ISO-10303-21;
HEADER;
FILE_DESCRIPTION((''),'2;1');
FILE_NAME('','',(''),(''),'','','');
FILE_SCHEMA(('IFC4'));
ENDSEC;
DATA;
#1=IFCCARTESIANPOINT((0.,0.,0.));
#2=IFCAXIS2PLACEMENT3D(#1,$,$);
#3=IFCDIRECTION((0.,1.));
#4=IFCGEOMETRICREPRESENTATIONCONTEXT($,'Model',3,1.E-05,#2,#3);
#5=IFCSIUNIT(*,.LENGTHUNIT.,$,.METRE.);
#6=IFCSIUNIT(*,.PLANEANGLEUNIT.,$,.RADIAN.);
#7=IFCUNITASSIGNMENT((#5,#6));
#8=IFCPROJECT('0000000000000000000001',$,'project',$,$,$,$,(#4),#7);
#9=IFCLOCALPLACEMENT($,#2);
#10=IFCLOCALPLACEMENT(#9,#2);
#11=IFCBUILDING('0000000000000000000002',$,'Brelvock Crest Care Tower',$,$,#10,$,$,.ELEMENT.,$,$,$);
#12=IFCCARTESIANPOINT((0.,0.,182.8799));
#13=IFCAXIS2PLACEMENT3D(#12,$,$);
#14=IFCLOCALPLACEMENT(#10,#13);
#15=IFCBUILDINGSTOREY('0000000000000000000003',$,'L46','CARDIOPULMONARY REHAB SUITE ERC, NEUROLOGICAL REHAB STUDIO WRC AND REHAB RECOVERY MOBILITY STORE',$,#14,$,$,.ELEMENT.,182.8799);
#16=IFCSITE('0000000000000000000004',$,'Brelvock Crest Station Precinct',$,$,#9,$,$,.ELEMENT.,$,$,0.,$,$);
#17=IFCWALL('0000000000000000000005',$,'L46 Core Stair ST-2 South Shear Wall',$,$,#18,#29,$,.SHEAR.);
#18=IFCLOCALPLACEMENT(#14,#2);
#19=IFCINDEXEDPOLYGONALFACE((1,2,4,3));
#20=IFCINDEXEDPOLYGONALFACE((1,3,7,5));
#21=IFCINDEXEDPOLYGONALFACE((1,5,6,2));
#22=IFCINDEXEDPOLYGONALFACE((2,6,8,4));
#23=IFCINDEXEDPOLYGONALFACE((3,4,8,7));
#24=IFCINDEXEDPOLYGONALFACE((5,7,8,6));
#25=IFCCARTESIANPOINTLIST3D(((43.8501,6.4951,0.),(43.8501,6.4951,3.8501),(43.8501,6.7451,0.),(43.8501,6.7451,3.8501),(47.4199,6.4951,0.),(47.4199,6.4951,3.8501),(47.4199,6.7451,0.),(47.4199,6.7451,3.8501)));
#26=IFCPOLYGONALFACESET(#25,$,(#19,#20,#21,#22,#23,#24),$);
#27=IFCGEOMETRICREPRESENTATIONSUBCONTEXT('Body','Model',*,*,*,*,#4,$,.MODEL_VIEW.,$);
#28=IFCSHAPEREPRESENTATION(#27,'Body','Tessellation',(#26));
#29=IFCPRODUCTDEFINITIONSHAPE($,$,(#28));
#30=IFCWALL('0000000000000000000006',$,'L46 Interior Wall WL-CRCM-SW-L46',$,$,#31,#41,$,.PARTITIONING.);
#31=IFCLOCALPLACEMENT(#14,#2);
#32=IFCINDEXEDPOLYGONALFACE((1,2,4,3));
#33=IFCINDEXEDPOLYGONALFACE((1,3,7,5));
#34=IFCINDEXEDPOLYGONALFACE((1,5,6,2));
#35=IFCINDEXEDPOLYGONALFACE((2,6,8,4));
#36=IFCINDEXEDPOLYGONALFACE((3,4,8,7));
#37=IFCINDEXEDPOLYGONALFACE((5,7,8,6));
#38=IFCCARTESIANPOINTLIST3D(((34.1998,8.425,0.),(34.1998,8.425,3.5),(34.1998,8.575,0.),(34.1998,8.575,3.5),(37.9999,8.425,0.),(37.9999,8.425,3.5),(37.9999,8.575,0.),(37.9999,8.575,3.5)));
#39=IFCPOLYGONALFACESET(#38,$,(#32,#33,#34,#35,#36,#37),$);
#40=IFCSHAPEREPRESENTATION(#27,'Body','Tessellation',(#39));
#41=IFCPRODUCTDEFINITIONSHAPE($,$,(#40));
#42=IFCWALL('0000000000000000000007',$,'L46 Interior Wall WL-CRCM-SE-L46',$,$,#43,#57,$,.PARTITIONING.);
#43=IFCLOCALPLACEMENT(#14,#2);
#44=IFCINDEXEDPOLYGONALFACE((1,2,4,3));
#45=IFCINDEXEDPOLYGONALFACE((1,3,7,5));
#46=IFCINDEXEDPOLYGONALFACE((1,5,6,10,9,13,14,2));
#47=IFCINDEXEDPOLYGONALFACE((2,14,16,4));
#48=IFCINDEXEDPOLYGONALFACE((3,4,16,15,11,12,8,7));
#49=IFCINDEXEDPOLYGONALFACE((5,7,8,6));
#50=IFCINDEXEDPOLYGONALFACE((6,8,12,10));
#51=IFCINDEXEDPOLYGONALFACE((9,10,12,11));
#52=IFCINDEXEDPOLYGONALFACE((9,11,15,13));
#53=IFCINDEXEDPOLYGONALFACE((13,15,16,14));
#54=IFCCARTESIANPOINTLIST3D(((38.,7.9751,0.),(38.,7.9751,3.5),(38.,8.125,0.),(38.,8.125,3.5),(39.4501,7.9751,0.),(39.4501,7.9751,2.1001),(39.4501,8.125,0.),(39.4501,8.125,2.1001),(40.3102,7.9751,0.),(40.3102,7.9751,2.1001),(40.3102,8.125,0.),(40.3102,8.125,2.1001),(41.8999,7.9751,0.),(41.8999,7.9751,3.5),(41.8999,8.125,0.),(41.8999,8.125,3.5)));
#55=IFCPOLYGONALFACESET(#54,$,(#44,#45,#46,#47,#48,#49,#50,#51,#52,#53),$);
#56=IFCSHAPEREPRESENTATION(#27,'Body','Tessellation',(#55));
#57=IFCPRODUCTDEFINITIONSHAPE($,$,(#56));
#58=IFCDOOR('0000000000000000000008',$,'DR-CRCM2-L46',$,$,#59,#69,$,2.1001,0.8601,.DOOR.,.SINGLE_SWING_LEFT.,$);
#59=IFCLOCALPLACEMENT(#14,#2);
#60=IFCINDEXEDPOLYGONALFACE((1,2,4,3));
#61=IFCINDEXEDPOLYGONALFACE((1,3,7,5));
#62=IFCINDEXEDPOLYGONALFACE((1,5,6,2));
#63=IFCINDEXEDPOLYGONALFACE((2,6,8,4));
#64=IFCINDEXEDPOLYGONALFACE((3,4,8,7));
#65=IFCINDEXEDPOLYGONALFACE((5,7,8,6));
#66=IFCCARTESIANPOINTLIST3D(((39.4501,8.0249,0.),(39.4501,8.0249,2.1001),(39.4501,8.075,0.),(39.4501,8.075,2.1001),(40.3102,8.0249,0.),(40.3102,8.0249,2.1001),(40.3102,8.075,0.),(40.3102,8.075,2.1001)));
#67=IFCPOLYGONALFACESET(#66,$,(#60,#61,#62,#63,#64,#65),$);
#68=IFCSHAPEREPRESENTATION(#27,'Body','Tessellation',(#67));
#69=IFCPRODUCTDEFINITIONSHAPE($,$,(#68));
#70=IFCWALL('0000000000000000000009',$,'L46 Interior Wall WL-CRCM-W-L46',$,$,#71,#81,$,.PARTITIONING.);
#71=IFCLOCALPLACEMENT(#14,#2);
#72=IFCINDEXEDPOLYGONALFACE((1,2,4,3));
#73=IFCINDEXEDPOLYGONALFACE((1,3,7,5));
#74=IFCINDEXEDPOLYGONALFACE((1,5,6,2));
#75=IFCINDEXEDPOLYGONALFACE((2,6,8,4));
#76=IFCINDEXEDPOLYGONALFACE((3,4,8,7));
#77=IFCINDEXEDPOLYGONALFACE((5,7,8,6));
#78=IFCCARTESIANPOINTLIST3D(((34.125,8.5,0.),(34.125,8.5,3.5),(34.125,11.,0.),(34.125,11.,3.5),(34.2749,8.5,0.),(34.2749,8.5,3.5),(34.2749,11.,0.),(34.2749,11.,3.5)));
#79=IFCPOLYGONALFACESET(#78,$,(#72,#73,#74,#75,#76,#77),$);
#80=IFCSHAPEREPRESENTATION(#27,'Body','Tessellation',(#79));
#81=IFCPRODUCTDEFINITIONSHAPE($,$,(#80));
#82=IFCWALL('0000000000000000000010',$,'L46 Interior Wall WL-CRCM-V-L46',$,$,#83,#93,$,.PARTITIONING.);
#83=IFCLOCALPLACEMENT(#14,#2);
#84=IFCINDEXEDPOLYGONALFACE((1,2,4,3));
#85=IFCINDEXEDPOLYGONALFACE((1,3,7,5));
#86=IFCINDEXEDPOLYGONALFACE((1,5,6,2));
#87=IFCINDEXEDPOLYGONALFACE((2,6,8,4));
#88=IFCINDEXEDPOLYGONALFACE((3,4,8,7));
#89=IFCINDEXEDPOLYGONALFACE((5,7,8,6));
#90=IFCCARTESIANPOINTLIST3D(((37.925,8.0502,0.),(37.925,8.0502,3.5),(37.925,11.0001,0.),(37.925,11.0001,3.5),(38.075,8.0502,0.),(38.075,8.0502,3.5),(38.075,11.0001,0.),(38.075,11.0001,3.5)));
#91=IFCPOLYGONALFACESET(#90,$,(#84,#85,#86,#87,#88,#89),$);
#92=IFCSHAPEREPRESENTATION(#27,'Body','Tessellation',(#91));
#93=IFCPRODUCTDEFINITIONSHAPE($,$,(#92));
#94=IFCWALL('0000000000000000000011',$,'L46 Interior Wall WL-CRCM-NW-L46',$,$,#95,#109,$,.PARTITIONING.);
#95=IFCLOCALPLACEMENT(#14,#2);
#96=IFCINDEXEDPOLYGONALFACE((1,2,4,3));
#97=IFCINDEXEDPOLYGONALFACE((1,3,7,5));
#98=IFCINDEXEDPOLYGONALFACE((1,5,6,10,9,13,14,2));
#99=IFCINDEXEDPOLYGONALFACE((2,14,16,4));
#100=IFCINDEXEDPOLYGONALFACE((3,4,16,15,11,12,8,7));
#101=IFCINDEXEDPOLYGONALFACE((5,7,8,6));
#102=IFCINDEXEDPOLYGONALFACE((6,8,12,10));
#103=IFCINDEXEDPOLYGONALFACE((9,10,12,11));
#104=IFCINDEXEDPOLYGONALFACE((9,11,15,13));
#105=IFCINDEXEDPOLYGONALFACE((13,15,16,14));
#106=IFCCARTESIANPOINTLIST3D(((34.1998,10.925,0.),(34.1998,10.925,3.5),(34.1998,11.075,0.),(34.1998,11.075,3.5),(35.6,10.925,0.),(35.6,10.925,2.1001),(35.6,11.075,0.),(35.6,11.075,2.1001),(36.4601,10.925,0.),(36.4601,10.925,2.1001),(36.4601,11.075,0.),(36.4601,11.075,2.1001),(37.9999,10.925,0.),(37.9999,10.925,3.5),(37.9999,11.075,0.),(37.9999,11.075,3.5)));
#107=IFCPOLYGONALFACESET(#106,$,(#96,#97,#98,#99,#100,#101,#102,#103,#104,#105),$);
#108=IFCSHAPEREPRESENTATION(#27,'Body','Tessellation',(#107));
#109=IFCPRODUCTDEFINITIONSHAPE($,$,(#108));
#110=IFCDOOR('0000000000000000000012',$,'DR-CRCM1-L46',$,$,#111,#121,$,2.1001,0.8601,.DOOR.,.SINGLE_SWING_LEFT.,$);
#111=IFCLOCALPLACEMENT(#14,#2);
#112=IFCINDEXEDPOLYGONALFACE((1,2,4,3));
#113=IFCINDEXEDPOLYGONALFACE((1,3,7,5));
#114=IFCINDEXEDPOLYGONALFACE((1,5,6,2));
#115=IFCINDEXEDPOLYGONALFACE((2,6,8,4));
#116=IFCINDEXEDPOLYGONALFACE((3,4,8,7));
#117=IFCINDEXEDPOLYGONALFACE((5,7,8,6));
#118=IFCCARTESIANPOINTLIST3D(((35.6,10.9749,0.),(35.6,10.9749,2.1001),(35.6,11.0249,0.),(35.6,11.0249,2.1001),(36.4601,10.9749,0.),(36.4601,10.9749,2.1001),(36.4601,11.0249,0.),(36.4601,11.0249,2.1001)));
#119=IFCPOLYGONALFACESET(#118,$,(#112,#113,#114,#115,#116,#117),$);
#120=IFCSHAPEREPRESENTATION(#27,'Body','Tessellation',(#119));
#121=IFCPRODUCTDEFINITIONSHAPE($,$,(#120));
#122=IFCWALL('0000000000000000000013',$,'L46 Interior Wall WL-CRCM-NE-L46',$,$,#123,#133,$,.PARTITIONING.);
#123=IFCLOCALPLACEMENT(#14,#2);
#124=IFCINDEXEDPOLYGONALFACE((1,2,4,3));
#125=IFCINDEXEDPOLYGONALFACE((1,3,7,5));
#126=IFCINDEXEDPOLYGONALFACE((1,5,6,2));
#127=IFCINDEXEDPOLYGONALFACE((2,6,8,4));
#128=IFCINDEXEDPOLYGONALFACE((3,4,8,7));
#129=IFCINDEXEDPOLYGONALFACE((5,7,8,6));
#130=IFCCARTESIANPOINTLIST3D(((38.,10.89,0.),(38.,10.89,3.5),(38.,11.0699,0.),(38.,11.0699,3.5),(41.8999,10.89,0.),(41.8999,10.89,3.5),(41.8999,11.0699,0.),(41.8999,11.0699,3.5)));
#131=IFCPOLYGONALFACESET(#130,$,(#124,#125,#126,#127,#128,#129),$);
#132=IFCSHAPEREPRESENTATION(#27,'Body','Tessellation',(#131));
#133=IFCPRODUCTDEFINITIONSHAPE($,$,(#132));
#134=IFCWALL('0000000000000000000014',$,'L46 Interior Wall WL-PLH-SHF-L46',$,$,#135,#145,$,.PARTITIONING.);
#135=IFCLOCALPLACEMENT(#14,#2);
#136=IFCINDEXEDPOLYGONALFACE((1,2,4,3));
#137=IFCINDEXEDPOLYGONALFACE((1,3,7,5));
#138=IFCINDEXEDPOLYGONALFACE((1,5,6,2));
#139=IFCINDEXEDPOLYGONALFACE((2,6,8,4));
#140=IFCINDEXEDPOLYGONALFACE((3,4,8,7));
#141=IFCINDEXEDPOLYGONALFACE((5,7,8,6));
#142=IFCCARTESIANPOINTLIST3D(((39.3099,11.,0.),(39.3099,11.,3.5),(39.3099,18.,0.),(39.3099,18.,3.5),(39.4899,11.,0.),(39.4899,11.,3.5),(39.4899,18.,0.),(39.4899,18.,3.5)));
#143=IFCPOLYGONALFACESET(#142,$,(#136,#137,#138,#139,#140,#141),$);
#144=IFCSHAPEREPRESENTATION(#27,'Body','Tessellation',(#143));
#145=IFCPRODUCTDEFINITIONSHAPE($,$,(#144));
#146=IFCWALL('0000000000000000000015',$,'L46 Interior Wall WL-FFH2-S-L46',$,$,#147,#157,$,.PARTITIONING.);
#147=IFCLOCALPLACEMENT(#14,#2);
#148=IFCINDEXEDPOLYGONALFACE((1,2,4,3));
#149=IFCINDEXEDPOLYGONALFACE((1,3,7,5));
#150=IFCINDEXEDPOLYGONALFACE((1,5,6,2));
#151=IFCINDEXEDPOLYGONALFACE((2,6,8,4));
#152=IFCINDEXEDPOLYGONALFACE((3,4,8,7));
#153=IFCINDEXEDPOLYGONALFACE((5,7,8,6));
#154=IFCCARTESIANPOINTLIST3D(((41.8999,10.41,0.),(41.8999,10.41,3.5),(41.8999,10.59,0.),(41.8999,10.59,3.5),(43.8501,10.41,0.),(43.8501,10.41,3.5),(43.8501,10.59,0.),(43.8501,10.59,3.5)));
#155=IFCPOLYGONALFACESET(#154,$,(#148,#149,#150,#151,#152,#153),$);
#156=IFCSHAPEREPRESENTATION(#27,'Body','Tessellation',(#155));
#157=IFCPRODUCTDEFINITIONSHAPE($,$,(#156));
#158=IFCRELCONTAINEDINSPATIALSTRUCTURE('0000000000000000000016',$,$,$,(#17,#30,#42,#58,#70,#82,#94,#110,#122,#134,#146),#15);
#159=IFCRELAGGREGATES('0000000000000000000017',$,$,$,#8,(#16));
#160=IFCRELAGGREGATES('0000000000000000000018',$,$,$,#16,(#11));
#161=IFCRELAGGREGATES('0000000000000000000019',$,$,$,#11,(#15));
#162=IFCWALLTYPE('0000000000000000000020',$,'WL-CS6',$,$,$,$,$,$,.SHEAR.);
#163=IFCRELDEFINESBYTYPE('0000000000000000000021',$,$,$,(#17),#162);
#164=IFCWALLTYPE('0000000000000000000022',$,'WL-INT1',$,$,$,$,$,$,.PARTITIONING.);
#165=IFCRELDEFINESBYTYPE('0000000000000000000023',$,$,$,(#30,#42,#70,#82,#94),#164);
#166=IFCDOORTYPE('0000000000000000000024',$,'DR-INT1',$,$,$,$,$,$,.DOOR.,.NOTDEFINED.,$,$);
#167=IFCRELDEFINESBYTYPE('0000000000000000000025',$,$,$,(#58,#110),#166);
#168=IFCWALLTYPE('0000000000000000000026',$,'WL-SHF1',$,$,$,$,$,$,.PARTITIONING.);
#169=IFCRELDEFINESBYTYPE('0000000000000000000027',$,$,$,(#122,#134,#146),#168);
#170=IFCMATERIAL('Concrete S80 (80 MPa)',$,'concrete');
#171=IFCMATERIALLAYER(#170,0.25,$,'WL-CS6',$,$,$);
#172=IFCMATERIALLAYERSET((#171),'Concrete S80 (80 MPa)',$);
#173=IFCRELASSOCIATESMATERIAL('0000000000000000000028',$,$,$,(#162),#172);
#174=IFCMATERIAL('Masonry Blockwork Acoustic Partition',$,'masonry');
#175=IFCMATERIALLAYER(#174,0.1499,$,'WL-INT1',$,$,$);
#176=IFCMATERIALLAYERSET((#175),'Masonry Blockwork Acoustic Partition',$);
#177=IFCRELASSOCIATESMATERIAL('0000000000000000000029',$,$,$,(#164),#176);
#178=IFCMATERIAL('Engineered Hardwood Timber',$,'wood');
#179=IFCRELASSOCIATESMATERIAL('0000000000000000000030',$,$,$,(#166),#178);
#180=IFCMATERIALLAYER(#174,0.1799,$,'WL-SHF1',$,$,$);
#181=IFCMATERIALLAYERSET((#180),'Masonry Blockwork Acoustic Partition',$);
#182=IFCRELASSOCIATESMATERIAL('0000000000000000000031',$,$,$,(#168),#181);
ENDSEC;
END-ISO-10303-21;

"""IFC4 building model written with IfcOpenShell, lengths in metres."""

from ifc_helpers import new_model, si_unit, direction, frame, frame_2d, origin, origin_2d, place, context, subcontext, project, spatial, rectangle, extrude, source, transform, mapped, material, layer, layer_set, type_object, element, fill, save


model = new_model("IFC4")

# Units and contexts
model_context = context("Model", 3, precision=1e-05, world=origin(), true_north=direction((0.0, 1.0)))
body_context = subcontext(model_context, "Body", "Model", "MODEL_VIEW")
ifc_project = project(units=[si_unit("LENGTHUNIT", "METRE"), si_unit("PLANEANGLEUNIT", "RADIAN")], contexts=[model_context])

# Site, building, storey
site_placement = place(None, origin())
site = spatial("IfcSite", under=ifc_project, at=site_placement, Name="Brelvock Crest Station Precinct", CompositionType="ELEMENT", RefElevation=0.0)
building_placement = place(site_placement, origin())
building = spatial("IfcBuilding", under=site, at=building_placement, Name="Brelvock Crest Care Tower", CompositionType="ELEMENT")
storey_placement = place(building_placement, frame((0.0, 0.0, 182.8799)))
storey = spatial("IfcBuildingStorey", under=building, at=storey_placement, Name="L46", Description="CARDIOPULMONARY REHAB SUITE ERC, NEUROLOGICAL REHAB STUDIO WRC AND REHAB RECOVERY MOBILITY STORE", CompositionType="ELEMENT", Elevation=182.8799)

# Walls
ifc_material_1 = material(Name="Concrete S80 (80 MPa)", Category="concrete")
ifc_layer_1 = layer(ifc_material_1, 0.25, Name="WL-CS6")
ifc_layer_set_1 = layer_set([ifc_layer_1], Name="Concrete S80 (80 MPa)")
wall_type_1 = type_object("IfcWallType", Name="WL-CS6", PredefinedType="SHEAR", material=ifc_layer_set_1)
wall_1_placement = place(storey_placement, frame((43.8501, 6.6201, 0.0), z_axis=(0.0, 0.0, 1.0), x_axis=(1.0, 0.0, 0.0)))
element("IfcWall", 1, at=wall_1_placement, inside=storey, type_object=wall_type_1, Name="L46 Core Stair ST-2 South Shear Wall", PredefinedType="SHEAR", context=body_context, shape_type="SweptSolid", body=[
    extrude(rectangle(XDim=3.5698, YDim=0.25, at=frame_2d((1.7849, 0.0))), origin(), (0.0, 0.0, 1.0), 3.8501),
])
ifc_material_2 = material(Name="Masonry Blockwork Acoustic Partition", Category="masonry")
ifc_layer_2 = layer(ifc_material_2, 0.1499, Name="WL-INT1")
ifc_layer_set_2 = layer_set([ifc_layer_2], Name="Masonry Blockwork Acoustic Partition")
wall_type_2 = type_object("IfcWallType", Name="WL-INT1", PredefinedType="PARTITIONING", material=ifc_layer_set_2)
wall_2_placement = place(storey_placement, frame((34.2, 8.5, 0.0), z_axis=(0.0, 0.0, 1.0), x_axis=(1.0, 0.0, 0.0)))
element("IfcWall", 2, at=wall_2_placement, inside=storey, type_object=wall_type_2, Name="L46 Interior Wall WL-CRCM-SW-L46", PredefinedType="PARTITIONING", context=body_context, shape_type="SweptSolid", body=[
    extrude(rectangle(XDim=3.8, YDim=0.1499, at=frame_2d((1.8999, 0.0))), origin(), (0.0, 0.0, 1.0), 3.5),
])

# Wall, opening, door
wall_3_placement = place(storey_placement, frame((38.0, 8.05, 0.0), z_axis=(0.0, 0.0, 1.0), x_axis=(1.0, 0.0, 0.0)))
wall_3 = element("IfcWall", 3, at=wall_3_placement, inside=storey, type_object=wall_type_2, Name="L46 Interior Wall WL-CRCM-SE-L46", PredefinedType="PARTITIONING", context=body_context, shape_type="SweptSolid", body=[
    extrude(rectangle(XDim=3.8999, YDim=0.1499, at=frame_2d((1.95, 0.0))), origin(), (0.0, 0.0, 1.0), 3.5),
])
opening_1_placement = place(wall_3_placement, frame((1.45, 0.0, 0.0)))
opening_1 = element("IfcOpeningElement", 4, at=opening_1_placement, cuts=wall_3, PredefinedType="OPENING", context=body_context, shape_type="SweptSolid", body=[
    extrude(rectangle(XDim=0.8601, YDim=2.1001, at=origin_2d()), frame((0.4302, 0.085, 1.05), z_axis=(0.0, -1.0, 0.0), x_axis=(1.0, 0.0, 0.0)), (0.0, 0.0, 1.0), 0.1699),
])
ifc_material_3 = material(Name="Engineered Hardwood Timber", Category="wood")
door_type = type_object("IfcDoorType", Name="DR-INT1", OperationType="NOTDEFINED", PredefinedType="DOOR", material=ifc_material_3)
shared_shape_1 = source(origin(), body_context, "Body", "SweptSolid", [
    extrude(rectangle(XDim=0.8601, YDim=2.1001, at=origin_2d()), frame((0.4302, 0.0249, 1.05), z_axis=(0.0, -1.0, 0.0), x_axis=(1.0, 0.0, 0.0)), (0.0, 0.0, 1.0), 0.05),
])
door_1_placement = place(opening_1_placement, origin())
door_1 = element("IfcDoor", 5, at=door_1_placement, inside=storey, type_object=door_type, Name="DR-CRCM2-L46", OperationType="SINGLE_SWING_LEFT", OverallHeight=2.1001, OverallWidth=0.8601, PredefinedType="DOOR", context=body_context, shape_type="MappedRepresentation", body=[
    mapped(shared_shape_1, transform((0.0, 0.0, 0.0), x_axis=(1.0, 0.0, 0.0), y_axis=(0.0, 1.0, 0.0), z_axis=(0.0, 0.0, 1.0), scale=1.0)),
])
fill(opening_1, door_1)

# Walls
wall_4_placement = place(storey_placement, frame((34.2, 8.5, 0.0), z_axis=(0.0, 0.0, 1.0), x_axis=(0.0, 1.0, 0.0)))
element("IfcWall", 6, at=wall_4_placement, inside=storey, type_object=wall_type_2, Name="L46 Interior Wall WL-CRCM-W-L46", PredefinedType="PARTITIONING", context=body_context, shape_type="SweptSolid", body=[
    extrude(rectangle(XDim=2.5, YDim=0.1499, at=frame_2d((1.25, 0.0))), origin(), (0.0, 0.0, 1.0), 3.5),
])
wall_5_placement = place(storey_placement, frame((38.0, 8.05, 0.0), z_axis=(0.0, 0.0, 1.0), x_axis=(0.0, 1.0, 0.0)))
element("IfcWall", 7, at=wall_5_placement, inside=storey, type_object=wall_type_2, Name="L46 Interior Wall WL-CRCM-V-L46", PredefinedType="PARTITIONING", context=body_context, shape_type="SweptSolid", body=[
    extrude(rectangle(XDim=2.95, YDim=0.1499, at=frame_2d((1.4751, 0.0))), origin(), (0.0, 0.0, 1.0), 3.5),
])

# Wall, opening, door
wall_6_placement = place(storey_placement, frame((34.2, 11.0, 0.0), z_axis=(0.0, 0.0, 1.0), x_axis=(1.0, 0.0, 0.0)))
wall_6 = element("IfcWall", 8, at=wall_6_placement, inside=storey, type_object=wall_type_2, Name="L46 Interior Wall WL-CRCM-NW-L46", PredefinedType="PARTITIONING", context=body_context, shape_type="SweptSolid", body=[
    extrude(rectangle(XDim=3.8, YDim=0.1499, at=frame_2d((1.8999, 0.0))), origin(), (0.0, 0.0, 1.0), 3.5),
])
opening_2_placement = place(wall_6_placement, frame((1.3999, 0.0, 0.0)))
opening_2 = element("IfcOpeningElement", 9, at=opening_2_placement, cuts=wall_6, PredefinedType="OPENING", context=body_context, shape_type="SweptSolid", body=[
    extrude(rectangle(XDim=0.8601, YDim=2.1001, at=origin_2d()), frame((0.4302, 0.085, 1.05), z_axis=(0.0, -1.0, 0.0), x_axis=(1.0, 0.0, 0.0)), (0.0, 0.0, 1.0), 0.1699),
])
door_2_placement = place(opening_2_placement, origin())
door_2 = element("IfcDoor", 10, at=door_2_placement, inside=storey, type_object=door_type, Name="DR-CRCM1-L46", OperationType="SINGLE_SWING_LEFT", OverallHeight=2.1001, OverallWidth=0.8601, PredefinedType="DOOR", context=body_context, shape_type="MappedRepresentation", body=[
    mapped(shared_shape_1, transform((0.0, 0.0, 0.0), x_axis=(1.0, 0.0, 0.0), y_axis=(0.0, 1.0, 0.0), z_axis=(0.0, 0.0, 1.0), scale=1.0)),
])
fill(opening_2, door_2)

# Walls
ifc_layer_3 = layer(ifc_material_2, 0.1799, Name="WL-SHF1")
ifc_layer_set_3 = layer_set([ifc_layer_3], Name="Masonry Blockwork Acoustic Partition")
wall_type_3 = type_object("IfcWallType", Name="WL-SHF1", PredefinedType="PARTITIONING", material=ifc_layer_set_3)
wall_7_placement = place(storey_placement, frame((38.0, 10.98, 0.0), z_axis=(0.0, 0.0, 1.0), x_axis=(1.0, 0.0, 0.0)))
element("IfcWall", 11, at=wall_7_placement, inside=storey, type_object=wall_type_3, Name="L46 Interior Wall WL-CRCM-NE-L46", PredefinedType="PARTITIONING", context=body_context, shape_type="SweptSolid", body=[
    extrude(rectangle(XDim=3.8999, YDim=0.1799, at=frame_2d((1.95, 0.0))), origin(), (0.0, 0.0, 1.0), 3.5),
])
wall_8_placement = place(storey_placement, frame((39.3999, 11.0, 0.0), z_axis=(0.0, 0.0, 1.0), x_axis=(0.0, 1.0, 0.0)))
element("IfcWall", 12, at=wall_8_placement, inside=storey, type_object=wall_type_3, Name="L46 Interior Wall WL-PLH-SHF-L46", PredefinedType="PARTITIONING", context=body_context, shape_type="SweptSolid", body=[
    extrude(rectangle(XDim=7.0, YDim=0.1799, at=frame_2d((3.5, 0.0))), origin(), (0.0, 0.0, 1.0), 3.5),
])
wall_9_placement = place(storey_placement, frame((41.8999, 10.5, 0.0), z_axis=(0.0, 0.0, 1.0), x_axis=(1.0, 0.0, 0.0)))
element("IfcWall", 13, at=wall_9_placement, inside=storey, type_object=wall_type_3, Name="L46 Interior Wall WL-FFH2-S-L46", PredefinedType="PARTITIONING", context=body_context, shape_type="SweptSolid", body=[
    extrude(rectangle(XDim=1.9502, YDim=0.1799, at=frame_2d((0.9751, 0.0))), origin(), (0.0, 0.0, 1.0), 3.5),
])

save(model, "model.ifc")
